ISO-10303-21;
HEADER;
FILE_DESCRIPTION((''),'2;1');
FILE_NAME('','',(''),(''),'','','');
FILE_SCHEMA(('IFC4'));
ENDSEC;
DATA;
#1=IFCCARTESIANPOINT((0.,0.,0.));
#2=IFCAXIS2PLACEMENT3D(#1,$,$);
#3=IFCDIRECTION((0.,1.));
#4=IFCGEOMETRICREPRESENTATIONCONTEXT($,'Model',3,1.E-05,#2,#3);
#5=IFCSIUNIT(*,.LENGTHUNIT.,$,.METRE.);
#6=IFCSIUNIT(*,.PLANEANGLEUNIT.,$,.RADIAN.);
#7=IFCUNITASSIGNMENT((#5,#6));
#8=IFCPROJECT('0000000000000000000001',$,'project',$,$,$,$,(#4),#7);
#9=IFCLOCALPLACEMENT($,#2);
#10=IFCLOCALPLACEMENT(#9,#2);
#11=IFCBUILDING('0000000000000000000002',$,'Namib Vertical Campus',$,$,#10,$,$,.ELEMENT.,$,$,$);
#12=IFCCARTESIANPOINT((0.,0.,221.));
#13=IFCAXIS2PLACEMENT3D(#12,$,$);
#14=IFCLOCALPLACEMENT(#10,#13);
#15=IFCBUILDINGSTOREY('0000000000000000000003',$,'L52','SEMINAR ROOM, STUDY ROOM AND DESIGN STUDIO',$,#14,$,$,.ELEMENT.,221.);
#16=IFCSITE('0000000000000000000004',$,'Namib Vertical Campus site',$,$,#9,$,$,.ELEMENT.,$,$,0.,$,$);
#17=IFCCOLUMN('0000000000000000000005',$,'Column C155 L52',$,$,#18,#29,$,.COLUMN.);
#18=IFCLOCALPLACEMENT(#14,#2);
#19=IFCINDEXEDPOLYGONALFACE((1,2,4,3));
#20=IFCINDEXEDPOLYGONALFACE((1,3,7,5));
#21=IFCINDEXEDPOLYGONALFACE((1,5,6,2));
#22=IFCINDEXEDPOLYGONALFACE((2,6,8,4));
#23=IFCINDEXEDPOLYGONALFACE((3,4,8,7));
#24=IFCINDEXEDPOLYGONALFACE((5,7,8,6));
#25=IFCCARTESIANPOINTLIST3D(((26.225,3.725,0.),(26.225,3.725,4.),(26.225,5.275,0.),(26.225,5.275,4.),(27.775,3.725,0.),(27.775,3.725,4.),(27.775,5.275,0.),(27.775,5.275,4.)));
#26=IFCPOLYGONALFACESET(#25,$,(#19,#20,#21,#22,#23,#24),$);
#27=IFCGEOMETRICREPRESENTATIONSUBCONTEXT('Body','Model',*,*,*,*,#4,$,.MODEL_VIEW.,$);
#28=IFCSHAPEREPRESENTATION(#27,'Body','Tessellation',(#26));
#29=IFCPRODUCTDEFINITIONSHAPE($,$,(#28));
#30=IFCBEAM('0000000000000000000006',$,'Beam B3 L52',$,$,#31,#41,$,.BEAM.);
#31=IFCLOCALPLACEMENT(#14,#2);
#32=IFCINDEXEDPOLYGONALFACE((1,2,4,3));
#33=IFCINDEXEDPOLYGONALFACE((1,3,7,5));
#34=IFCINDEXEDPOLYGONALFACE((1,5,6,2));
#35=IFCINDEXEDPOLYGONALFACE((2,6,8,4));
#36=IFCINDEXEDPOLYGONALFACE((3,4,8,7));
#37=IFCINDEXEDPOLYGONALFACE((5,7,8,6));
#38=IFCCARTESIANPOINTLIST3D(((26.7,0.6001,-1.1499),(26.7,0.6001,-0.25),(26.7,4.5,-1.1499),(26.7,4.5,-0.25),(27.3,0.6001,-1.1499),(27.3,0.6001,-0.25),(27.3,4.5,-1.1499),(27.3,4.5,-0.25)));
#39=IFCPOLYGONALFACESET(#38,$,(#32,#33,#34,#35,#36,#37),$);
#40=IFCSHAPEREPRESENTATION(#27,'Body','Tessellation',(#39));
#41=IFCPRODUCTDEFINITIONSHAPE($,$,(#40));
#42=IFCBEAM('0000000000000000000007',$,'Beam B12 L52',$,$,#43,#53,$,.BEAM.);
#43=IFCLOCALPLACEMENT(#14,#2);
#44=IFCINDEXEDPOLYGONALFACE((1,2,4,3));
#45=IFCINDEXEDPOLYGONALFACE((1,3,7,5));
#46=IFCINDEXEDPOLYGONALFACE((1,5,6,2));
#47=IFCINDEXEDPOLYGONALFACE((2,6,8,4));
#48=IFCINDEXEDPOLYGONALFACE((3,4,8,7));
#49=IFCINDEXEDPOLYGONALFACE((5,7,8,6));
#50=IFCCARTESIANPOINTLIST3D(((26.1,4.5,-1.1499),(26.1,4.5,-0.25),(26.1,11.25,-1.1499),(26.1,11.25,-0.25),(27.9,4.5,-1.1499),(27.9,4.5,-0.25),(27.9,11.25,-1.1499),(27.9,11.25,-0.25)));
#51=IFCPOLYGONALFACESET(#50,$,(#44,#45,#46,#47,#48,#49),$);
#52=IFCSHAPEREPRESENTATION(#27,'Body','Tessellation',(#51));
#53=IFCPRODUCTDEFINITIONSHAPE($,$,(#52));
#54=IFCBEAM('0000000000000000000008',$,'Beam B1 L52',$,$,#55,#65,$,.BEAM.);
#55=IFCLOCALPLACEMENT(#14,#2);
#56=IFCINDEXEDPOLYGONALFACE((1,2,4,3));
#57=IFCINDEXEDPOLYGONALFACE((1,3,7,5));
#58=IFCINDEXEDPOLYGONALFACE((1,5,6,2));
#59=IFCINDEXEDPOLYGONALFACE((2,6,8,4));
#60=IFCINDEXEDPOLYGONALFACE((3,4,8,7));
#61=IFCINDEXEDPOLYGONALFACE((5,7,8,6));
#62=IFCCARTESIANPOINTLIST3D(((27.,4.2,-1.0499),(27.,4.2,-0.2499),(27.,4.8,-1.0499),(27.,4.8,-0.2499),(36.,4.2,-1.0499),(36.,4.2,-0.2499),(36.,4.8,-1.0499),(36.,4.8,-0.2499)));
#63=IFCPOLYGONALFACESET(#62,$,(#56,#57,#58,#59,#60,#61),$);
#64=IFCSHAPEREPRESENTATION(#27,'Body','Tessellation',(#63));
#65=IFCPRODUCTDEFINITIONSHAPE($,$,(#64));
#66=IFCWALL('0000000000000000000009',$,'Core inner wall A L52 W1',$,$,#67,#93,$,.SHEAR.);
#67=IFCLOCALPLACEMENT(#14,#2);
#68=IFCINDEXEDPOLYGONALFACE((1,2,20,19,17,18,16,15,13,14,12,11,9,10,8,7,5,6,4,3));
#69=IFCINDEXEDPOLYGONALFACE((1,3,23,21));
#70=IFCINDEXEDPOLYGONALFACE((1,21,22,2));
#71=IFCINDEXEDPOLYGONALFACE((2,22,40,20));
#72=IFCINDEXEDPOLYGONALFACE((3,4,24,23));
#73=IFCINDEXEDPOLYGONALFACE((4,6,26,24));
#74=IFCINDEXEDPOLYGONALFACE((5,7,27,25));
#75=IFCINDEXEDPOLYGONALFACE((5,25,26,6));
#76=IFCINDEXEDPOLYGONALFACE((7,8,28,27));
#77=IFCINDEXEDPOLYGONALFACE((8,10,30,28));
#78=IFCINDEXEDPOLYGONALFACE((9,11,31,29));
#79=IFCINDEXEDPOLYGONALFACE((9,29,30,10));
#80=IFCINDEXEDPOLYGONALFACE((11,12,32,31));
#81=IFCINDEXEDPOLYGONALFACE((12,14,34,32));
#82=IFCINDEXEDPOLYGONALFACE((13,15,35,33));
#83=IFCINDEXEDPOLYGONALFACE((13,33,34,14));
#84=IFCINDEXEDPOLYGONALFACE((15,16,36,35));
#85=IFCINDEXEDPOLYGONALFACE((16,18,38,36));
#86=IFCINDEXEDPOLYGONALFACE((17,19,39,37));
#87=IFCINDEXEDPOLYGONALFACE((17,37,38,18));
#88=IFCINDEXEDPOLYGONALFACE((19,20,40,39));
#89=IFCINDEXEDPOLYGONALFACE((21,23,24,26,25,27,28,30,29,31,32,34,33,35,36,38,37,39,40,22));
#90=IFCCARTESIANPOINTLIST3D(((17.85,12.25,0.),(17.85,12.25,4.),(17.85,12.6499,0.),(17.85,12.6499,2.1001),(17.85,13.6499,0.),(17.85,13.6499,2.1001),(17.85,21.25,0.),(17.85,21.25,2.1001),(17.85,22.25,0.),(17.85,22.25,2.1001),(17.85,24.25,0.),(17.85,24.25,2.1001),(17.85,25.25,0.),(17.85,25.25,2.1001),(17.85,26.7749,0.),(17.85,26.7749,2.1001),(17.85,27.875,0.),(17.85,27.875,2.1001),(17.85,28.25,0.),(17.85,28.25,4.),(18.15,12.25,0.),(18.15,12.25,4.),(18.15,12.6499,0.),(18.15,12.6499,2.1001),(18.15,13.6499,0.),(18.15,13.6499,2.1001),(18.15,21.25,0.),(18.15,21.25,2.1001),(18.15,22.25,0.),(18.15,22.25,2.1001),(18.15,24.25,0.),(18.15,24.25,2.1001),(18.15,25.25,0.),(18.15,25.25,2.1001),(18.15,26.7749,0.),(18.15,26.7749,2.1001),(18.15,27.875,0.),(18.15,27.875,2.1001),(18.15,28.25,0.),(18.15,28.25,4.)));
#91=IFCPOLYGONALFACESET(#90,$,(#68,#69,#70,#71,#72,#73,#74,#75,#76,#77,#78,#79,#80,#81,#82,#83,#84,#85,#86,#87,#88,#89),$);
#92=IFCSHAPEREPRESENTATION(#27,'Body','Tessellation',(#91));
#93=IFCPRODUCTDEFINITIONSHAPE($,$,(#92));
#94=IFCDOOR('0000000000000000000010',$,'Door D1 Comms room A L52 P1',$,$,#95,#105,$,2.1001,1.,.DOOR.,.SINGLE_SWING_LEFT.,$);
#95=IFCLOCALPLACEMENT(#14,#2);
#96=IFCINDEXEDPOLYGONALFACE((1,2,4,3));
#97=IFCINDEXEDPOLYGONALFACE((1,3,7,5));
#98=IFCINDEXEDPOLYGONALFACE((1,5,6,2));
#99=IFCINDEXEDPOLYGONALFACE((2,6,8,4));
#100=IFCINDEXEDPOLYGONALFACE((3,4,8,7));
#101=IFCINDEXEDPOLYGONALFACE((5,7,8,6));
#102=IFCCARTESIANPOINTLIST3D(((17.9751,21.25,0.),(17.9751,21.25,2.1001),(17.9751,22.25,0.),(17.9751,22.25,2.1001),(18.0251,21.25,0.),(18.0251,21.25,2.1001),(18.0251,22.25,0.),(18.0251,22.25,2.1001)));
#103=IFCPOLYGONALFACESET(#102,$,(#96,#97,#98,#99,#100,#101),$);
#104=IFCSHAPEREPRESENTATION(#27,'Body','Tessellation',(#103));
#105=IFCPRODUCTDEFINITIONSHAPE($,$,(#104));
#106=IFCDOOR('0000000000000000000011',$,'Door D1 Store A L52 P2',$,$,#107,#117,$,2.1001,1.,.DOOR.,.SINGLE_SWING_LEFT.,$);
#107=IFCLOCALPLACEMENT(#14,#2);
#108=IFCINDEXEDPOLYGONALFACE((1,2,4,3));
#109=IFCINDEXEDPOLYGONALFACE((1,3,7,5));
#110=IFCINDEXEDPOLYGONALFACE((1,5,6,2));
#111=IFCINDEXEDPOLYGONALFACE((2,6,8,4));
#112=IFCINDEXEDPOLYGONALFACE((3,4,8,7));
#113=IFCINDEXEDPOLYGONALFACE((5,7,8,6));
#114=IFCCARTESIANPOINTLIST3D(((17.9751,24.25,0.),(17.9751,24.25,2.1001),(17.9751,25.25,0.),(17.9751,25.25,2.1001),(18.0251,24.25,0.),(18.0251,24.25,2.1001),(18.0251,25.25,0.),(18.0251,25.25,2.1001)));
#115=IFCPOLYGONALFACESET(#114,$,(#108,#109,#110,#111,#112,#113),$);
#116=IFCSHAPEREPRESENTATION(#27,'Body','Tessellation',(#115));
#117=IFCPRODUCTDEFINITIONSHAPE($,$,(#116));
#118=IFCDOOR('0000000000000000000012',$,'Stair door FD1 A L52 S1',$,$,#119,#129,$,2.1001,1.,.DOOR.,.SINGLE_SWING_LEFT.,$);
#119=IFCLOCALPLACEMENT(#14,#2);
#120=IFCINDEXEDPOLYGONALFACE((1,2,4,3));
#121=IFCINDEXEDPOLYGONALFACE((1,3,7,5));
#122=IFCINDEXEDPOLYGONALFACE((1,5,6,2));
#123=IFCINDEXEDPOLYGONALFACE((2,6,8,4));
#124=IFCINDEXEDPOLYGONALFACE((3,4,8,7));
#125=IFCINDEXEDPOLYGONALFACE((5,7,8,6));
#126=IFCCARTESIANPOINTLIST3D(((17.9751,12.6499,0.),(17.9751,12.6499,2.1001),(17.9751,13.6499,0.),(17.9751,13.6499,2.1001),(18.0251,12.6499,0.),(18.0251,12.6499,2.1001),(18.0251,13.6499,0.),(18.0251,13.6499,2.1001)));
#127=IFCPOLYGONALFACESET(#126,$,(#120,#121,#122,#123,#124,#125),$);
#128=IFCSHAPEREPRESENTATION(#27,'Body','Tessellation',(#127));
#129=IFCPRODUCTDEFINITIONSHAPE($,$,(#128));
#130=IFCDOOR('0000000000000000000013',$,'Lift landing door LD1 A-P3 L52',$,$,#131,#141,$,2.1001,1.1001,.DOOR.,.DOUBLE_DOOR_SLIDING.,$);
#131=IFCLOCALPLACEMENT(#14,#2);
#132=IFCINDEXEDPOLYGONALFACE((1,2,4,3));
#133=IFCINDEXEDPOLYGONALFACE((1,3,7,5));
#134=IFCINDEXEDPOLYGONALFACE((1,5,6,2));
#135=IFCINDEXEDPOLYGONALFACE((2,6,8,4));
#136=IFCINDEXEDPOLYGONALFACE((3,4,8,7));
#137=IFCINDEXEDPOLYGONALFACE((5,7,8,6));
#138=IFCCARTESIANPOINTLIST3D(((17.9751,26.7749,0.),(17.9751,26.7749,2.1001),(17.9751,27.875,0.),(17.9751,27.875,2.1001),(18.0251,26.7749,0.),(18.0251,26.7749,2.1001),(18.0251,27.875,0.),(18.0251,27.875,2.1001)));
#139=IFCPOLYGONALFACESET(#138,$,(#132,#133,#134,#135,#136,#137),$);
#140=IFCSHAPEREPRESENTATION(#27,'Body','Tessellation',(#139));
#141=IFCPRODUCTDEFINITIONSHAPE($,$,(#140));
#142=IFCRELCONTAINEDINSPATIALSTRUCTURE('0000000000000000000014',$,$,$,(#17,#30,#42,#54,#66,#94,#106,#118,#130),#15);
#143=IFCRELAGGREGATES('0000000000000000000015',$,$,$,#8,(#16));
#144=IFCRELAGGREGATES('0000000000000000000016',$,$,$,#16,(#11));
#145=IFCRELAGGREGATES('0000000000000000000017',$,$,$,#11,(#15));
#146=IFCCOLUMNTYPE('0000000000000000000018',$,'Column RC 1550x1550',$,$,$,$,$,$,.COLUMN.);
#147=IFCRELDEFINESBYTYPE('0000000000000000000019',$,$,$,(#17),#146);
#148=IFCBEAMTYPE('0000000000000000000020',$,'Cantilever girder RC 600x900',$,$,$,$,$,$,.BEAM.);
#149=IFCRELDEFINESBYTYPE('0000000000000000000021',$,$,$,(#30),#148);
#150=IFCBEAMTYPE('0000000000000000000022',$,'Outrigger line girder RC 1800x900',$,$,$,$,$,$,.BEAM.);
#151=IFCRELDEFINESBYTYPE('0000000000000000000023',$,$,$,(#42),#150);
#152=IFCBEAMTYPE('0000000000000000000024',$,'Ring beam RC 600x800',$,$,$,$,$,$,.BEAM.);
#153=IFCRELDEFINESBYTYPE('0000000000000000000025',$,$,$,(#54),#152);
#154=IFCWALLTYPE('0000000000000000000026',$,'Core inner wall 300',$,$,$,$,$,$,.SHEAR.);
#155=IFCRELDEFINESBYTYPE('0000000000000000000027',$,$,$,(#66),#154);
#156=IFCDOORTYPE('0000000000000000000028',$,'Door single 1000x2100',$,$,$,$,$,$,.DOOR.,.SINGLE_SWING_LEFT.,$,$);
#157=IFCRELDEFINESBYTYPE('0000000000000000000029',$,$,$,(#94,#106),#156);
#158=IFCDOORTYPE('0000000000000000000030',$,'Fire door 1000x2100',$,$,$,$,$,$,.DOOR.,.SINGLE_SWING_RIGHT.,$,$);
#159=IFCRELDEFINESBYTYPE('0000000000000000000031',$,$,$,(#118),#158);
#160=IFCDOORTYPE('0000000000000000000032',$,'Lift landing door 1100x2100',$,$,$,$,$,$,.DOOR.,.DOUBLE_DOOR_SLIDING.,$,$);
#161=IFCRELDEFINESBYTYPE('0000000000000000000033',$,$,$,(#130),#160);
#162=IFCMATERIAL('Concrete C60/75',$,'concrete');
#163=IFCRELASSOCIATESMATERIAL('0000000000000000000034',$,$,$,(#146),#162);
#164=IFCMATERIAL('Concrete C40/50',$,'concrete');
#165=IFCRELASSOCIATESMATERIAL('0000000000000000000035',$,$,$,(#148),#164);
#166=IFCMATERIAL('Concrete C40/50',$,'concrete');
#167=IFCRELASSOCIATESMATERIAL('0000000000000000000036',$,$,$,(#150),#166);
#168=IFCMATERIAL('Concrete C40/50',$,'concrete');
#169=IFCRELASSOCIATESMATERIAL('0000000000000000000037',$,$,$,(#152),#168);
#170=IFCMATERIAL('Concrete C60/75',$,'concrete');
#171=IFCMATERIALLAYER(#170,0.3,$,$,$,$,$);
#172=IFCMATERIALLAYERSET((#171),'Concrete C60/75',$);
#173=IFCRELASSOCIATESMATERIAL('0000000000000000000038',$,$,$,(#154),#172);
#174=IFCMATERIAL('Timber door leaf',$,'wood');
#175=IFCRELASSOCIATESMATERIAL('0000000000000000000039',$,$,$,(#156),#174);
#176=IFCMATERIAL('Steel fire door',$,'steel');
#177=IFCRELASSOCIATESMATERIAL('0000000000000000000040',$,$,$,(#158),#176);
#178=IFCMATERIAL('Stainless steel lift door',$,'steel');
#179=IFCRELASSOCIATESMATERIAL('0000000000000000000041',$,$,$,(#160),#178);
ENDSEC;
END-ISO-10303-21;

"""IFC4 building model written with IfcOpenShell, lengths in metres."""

from ifc_helpers import new_model, si_unit, direction, frame, frame_2d, origin, origin_2d, place, context, subcontext, project, spatial, rectangle, extrude, material, layer, layer_set, material_profile, profile_set, type_object, element, fill, save


model = new_model("IFC4")

# Units and contexts
model_context = context("Model", 3, precision=1e-05, world=origin(), true_north=direction((0.0, 1.0)))
body_context = subcontext(model_context, "Body", "Model", "MODEL_VIEW")
ifc_project = project(units=[si_unit("LENGTHUNIT", "METRE"), si_unit("PLANEANGLEUNIT", "RADIAN")], contexts=[model_context])

# Site, building, storey
site_placement = place(None, origin())
site = spatial("IfcSite", under=ifc_project, at=site_placement, Name="Namib Vertical Campus site", CompositionType="ELEMENT", RefElevation=0.0)
building_placement = place(site_placement, origin())
building = spatial("IfcBuilding", under=site, at=building_placement, Name="Namib Vertical Campus", CompositionType="ELEMENT")
storey_placement = place(building_placement, frame((0.0, 0.0, 221.0)))
storey = spatial("IfcBuildingStorey", under=building, at=storey_placement, Name="L52", Description="SEMINAR ROOM, STUDY ROOM AND DESIGN STUDIO", CompositionType="ELEMENT", Elevation=221.0)

# Column
ifc_material_1 = material(Name="Concrete C60/75", Category="concrete")
ifc_material_profile_1 = material_profile(ifc_material_1, rectangle(XDim=1.55, YDim=1.55, at=origin_2d()))
ifc_profile_set_1 = profile_set([ifc_material_profile_1], Name="Concrete C60/75")
column_type = type_object("IfcColumnType", Name="Column RC 1550x1550", PredefinedType="COLUMN", material=ifc_profile_set_1)
column_placement = place(storey_placement, frame((27.0, 4.5, 0.0), z_axis=(0.0, 0.0, 1.0), x_axis=(1.0, 0.0, 0.0)))
element("IfcColumn", 1, at=column_placement, inside=storey, type_object=column_type, Name="Column C155 L52", PredefinedType="COLUMN", context=body_context, shape_type="SweptSolid", body=[
    extrude(rectangle(XDim=1.55, YDim=1.55, at=origin_2d()), origin(), (0.0, 0.0, 1.0), 4.0),
])

# Beams
ifc_material_2 = material(Name="Concrete C40/50", Category="concrete")
ifc_material_profile_2 = material_profile(ifc_material_2, rectangle(XDim=0.6001, YDim=0.8999, at=origin_2d()))
ifc_profile_set_2 = profile_set([ifc_material_profile_2], Name="Concrete C40/50")
beam_type_1 = type_object("IfcBeamType", Name="Cantilever girder RC 600x900", PredefinedType="BEAM", material=ifc_profile_set_2)
beam_1_placement = place(storey_placement, frame((27.0, 4.5, -0.7), z_axis=(0.0, -1.0, 0.0), x_axis=(1.0, 0.0, 0.0)))
element("IfcBeam", 2, at=beam_1_placement, inside=storey, type_object=beam_type_1, Name="Beam B3 L52", PredefinedType="BEAM", context=body_context, shape_type="SweptSolid", body=[
    extrude(rectangle(XDim=0.6001, YDim=0.8999, at=origin_2d()), origin(), (0.0, 0.0, 1.0), 3.8999),
])
ifc_material_3 = material(Name="Concrete C40/50", Category="concrete")
ifc_material_profile_3 = material_profile(ifc_material_3, rectangle(XDim=1.8, YDim=0.8999, at=origin_2d()))
ifc_profile_set_3 = profile_set([ifc_material_profile_3], Name="Concrete C40/50")
beam_type_2 = type_object("IfcBeamType", Name="Outrigger line girder RC 1800x900", PredefinedType="BEAM", material=ifc_profile_set_3)
beam_2_placement = place(storey_placement, frame((27.0, 4.5, -0.7), z_axis=(0.0, 1.0, 0.0), x_axis=(-1.0, 0.0, 0.0)))
element("IfcBeam", 3, at=beam_2_placement, inside=storey, type_object=beam_type_2, Name="Beam B12 L52", PredefinedType="BEAM", context=body_context, shape_type="SweptSolid", body=[
    extrude(rectangle(XDim=1.8, YDim=0.8999, at=origin_2d()), origin(), (0.0, 0.0, 1.0), 6.75),
])
ifc_material_4 = material(Name="Concrete C40/50", Category="concrete")
ifc_material_profile_4 = material_profile(ifc_material_4, rectangle(XDim=0.6001, YDim=0.8, at=origin_2d()))
ifc_profile_set_4 = profile_set([ifc_material_profile_4], Name="Concrete C40/50")
beam_type_3 = type_object("IfcBeamType", Name="Ring beam RC 600x800", PredefinedType="BEAM", material=ifc_profile_set_4)
beam_3_placement = place(storey_placement, frame((27.0, 4.5, -0.6499), z_axis=(1.0, 0.0, 0.0), x_axis=(0.0, 1.0, 0.0)))
element("IfcBeam", 4, at=beam_3_placement, inside=storey, type_object=beam_type_3, Name="Beam B1 L52", PredefinedType="BEAM", context=body_context, shape_type="SweptSolid", body=[
    extrude(rectangle(XDim=0.6001, YDim=0.8, at=origin_2d()), origin(), (0.0, 0.0, 1.0), 9.0),
])

# Wall, openings, doors
ifc_material_5 = material(Name="Concrete C60/75", Category="concrete")
ifc_layer_1 = layer(ifc_material_5, 0.3)
ifc_layer_set_1 = layer_set([ifc_layer_1], Name="Concrete C60/75")
wall_type_1 = type_object("IfcWallType", Name="Core inner wall 300", PredefinedType="SHEAR", material=ifc_layer_set_1)
wall_1_placement = place(storey_placement, frame((18.0, 12.25, 0.0), z_axis=(0.0, 0.0, 1.0), x_axis=(0.0, 1.0, 0.0)))
wall_1 = element("IfcWall", 5, at=wall_1_placement, inside=storey, type_object=wall_type_1, Name="Core inner wall A L52 W1", PredefinedType="SHEAR", context=body_context, shape_type="SweptSolid", body=[
    extrude(rectangle(XDim=16.0, YDim=0.3, at=frame_2d((8.0, 0.0))), origin(), (0.0, 0.0, 1.0), 4.0),
])
opening_1_placement = place(wall_1_placement, frame((0.3999, 0.0, 0.0)))
opening_1 = element("IfcOpeningElement", 6, at=opening_1_placement, cuts=wall_1, PredefinedType="OPENING", context=body_context, shape_type="SweptSolid", body=[
    extrude(rectangle(XDim=1.0, YDim=2.1001, at=frame_2d((0.5, 1.05))), frame((0.0, 0.1599, 0.0), z_axis=(0.0, -1.0, 0.0), x_axis=(1.0, 0.0, 0.0)), (0.0, 0.0, 1.0), 0.3201),
])
opening_2_placement = place(wall_1_placement, frame((14.5249, 0.0, 0.0)))
opening_2 = element("IfcOpeningElement", 7, at=opening_2_placement, cuts=wall_1, PredefinedType="OPENING", context=body_context, shape_type="SweptSolid", body=[
    extrude(rectangle(XDim=1.1001, YDim=2.1001, at=frame_2d((0.55, 1.05))), frame((0.0, 0.1599, 0.0), z_axis=(0.0, -1.0, 0.0), x_axis=(1.0, 0.0, 0.0)), (0.0, 0.0, 1.0), 0.3201),
])
opening_3_placement = place(wall_1_placement, frame((9.0, 0.0, 0.0)))
opening_3 = element("IfcOpeningElement", 8, at=opening_3_placement, cuts=wall_1, PredefinedType="OPENING", context=body_context, shape_type="SweptSolid", body=[
    extrude(rectangle(XDim=1.0, YDim=2.1001, at=frame_2d((0.5, 1.05))), frame((0.0, 0.1599, 0.0), z_axis=(0.0, -1.0, 0.0), x_axis=(1.0, 0.0, 0.0)), (0.0, 0.0, 1.0), 0.3201),
])
opening_4_placement = place(wall_1_placement, frame((12.0, 0.0, 0.0)))
opening_4 = element("IfcOpeningElement", 9, at=opening_4_placement, cuts=wall_1, PredefinedType="OPENING", context=body_context, shape_type="SweptSolid", body=[
    extrude(rectangle(XDim=1.0, YDim=2.1001, at=frame_2d((0.5, 1.05))), frame((0.0, 0.1599, 0.0), z_axis=(0.0, -1.0, 0.0), x_axis=(1.0, 0.0, 0.0)), (0.0, 0.0, 1.0), 0.3201),
])
ifc_material_6 = material(Name="Timber door leaf", Category="wood")
door_type_1 = type_object("IfcDoorType", Name="Door single 1000x2100", OperationType="SINGLE_SWING_LEFT", PredefinedType="DOOR", material=ifc_material_6)
door_1_placement = place(opening_3_placement, origin())
door_1 = element("IfcDoor", 10, at=door_1_placement, inside=storey, type_object=door_type_1, Name="Door D1 Comms room A L52 P1", OperationType="SINGLE_SWING_LEFT", OverallHeight=2.1001, OverallWidth=1.0, PredefinedType="DOOR", context=body_context, shape_type="SweptSolid", body=[
    extrude(rectangle(XDim=1.0, YDim=2.1001, at=frame_2d((0.5, 1.05))), frame((0.0, 0.0249, 0.0), z_axis=(0.0, -1.0, 0.0), x_axis=(1.0, 0.0, 0.0)), (0.0, 0.0, 1.0), 0.05),
])
fill(opening_3, door_1)
door_2_placement = place(opening_4_placement, origin())
door_2 = element("IfcDoor", 11, at=door_2_placement, inside=storey, type_object=door_type_1, Name="Door D1 Store A L52 P2", OperationType="SINGLE_SWING_LEFT", OverallHeight=2.1001, OverallWidth=1.0, PredefinedType="DOOR", context=body_context, shape_type="SweptSolid", body=[
    extrude(rectangle(XDim=1.0, YDim=2.1001, at=frame_2d((0.5, 1.05))), frame((0.0, 0.0249, 0.0), z_axis=(0.0, -1.0, 0.0), x_axis=(1.0, 0.0, 0.0)), (0.0, 0.0, 1.0), 0.05),
])
fill(opening_4, door_2)
ifc_material_7 = material(Name="Steel fire door", Category="steel")
door_type_2 = type_object("IfcDoorType", Name="Fire door 1000x2100", OperationType="SINGLE_SWING_RIGHT", PredefinedType="DOOR", material=ifc_material_7)
door_3_placement = place(opening_1_placement, origin())
door_3 = element("IfcDoor", 12, at=door_3_placement, inside=storey, type_object=door_type_2, Name="Stair door FD1 A L52 S1", OperationType="SINGLE_SWING_LEFT", OverallHeight=2.1001, OverallWidth=1.0, PredefinedType="DOOR", context=body_context, shape_type="SweptSolid", body=[
    extrude(rectangle(XDim=1.0, YDim=2.1001, at=frame_2d((0.5, 1.05))), frame((0.0, 0.0249, 0.0), z_axis=(0.0, -1.0, 0.0), x_axis=(1.0, 0.0, 0.0)), (0.0, 0.0, 1.0), 0.05),
])
fill(opening_1, door_3)
ifc_material_8 = material(Name="Stainless steel lift door", Category="steel")
door_type_3 = type_object("IfcDoorType", Name="Lift landing door 1100x2100", OperationType="DOUBLE_DOOR_SLIDING", PredefinedType="DOOR", material=ifc_material_8)
door_4_placement = place(opening_2_placement, origin())
door_4 = element("IfcDoor", 13, at=door_4_placement, inside=storey, type_object=door_type_3, Name="Lift landing door LD1 A-P3 L52", OperationType="DOUBLE_DOOR_SLIDING", OverallHeight=2.1001, OverallWidth=1.1001, PredefinedType="DOOR", context=body_context, shape_type="SweptSolid", body=[
    extrude(rectangle(XDim=1.1001, YDim=2.1001, at=frame_2d((0.55, 1.05))), frame((0.0, 0.0249, 0.0), z_axis=(0.0, -1.0, 0.0), x_axis=(1.0, 0.0, 0.0)), (0.0, 0.0, 1.0), 0.05),
])
fill(opening_2, door_4)

save(model, "model.ifc")
